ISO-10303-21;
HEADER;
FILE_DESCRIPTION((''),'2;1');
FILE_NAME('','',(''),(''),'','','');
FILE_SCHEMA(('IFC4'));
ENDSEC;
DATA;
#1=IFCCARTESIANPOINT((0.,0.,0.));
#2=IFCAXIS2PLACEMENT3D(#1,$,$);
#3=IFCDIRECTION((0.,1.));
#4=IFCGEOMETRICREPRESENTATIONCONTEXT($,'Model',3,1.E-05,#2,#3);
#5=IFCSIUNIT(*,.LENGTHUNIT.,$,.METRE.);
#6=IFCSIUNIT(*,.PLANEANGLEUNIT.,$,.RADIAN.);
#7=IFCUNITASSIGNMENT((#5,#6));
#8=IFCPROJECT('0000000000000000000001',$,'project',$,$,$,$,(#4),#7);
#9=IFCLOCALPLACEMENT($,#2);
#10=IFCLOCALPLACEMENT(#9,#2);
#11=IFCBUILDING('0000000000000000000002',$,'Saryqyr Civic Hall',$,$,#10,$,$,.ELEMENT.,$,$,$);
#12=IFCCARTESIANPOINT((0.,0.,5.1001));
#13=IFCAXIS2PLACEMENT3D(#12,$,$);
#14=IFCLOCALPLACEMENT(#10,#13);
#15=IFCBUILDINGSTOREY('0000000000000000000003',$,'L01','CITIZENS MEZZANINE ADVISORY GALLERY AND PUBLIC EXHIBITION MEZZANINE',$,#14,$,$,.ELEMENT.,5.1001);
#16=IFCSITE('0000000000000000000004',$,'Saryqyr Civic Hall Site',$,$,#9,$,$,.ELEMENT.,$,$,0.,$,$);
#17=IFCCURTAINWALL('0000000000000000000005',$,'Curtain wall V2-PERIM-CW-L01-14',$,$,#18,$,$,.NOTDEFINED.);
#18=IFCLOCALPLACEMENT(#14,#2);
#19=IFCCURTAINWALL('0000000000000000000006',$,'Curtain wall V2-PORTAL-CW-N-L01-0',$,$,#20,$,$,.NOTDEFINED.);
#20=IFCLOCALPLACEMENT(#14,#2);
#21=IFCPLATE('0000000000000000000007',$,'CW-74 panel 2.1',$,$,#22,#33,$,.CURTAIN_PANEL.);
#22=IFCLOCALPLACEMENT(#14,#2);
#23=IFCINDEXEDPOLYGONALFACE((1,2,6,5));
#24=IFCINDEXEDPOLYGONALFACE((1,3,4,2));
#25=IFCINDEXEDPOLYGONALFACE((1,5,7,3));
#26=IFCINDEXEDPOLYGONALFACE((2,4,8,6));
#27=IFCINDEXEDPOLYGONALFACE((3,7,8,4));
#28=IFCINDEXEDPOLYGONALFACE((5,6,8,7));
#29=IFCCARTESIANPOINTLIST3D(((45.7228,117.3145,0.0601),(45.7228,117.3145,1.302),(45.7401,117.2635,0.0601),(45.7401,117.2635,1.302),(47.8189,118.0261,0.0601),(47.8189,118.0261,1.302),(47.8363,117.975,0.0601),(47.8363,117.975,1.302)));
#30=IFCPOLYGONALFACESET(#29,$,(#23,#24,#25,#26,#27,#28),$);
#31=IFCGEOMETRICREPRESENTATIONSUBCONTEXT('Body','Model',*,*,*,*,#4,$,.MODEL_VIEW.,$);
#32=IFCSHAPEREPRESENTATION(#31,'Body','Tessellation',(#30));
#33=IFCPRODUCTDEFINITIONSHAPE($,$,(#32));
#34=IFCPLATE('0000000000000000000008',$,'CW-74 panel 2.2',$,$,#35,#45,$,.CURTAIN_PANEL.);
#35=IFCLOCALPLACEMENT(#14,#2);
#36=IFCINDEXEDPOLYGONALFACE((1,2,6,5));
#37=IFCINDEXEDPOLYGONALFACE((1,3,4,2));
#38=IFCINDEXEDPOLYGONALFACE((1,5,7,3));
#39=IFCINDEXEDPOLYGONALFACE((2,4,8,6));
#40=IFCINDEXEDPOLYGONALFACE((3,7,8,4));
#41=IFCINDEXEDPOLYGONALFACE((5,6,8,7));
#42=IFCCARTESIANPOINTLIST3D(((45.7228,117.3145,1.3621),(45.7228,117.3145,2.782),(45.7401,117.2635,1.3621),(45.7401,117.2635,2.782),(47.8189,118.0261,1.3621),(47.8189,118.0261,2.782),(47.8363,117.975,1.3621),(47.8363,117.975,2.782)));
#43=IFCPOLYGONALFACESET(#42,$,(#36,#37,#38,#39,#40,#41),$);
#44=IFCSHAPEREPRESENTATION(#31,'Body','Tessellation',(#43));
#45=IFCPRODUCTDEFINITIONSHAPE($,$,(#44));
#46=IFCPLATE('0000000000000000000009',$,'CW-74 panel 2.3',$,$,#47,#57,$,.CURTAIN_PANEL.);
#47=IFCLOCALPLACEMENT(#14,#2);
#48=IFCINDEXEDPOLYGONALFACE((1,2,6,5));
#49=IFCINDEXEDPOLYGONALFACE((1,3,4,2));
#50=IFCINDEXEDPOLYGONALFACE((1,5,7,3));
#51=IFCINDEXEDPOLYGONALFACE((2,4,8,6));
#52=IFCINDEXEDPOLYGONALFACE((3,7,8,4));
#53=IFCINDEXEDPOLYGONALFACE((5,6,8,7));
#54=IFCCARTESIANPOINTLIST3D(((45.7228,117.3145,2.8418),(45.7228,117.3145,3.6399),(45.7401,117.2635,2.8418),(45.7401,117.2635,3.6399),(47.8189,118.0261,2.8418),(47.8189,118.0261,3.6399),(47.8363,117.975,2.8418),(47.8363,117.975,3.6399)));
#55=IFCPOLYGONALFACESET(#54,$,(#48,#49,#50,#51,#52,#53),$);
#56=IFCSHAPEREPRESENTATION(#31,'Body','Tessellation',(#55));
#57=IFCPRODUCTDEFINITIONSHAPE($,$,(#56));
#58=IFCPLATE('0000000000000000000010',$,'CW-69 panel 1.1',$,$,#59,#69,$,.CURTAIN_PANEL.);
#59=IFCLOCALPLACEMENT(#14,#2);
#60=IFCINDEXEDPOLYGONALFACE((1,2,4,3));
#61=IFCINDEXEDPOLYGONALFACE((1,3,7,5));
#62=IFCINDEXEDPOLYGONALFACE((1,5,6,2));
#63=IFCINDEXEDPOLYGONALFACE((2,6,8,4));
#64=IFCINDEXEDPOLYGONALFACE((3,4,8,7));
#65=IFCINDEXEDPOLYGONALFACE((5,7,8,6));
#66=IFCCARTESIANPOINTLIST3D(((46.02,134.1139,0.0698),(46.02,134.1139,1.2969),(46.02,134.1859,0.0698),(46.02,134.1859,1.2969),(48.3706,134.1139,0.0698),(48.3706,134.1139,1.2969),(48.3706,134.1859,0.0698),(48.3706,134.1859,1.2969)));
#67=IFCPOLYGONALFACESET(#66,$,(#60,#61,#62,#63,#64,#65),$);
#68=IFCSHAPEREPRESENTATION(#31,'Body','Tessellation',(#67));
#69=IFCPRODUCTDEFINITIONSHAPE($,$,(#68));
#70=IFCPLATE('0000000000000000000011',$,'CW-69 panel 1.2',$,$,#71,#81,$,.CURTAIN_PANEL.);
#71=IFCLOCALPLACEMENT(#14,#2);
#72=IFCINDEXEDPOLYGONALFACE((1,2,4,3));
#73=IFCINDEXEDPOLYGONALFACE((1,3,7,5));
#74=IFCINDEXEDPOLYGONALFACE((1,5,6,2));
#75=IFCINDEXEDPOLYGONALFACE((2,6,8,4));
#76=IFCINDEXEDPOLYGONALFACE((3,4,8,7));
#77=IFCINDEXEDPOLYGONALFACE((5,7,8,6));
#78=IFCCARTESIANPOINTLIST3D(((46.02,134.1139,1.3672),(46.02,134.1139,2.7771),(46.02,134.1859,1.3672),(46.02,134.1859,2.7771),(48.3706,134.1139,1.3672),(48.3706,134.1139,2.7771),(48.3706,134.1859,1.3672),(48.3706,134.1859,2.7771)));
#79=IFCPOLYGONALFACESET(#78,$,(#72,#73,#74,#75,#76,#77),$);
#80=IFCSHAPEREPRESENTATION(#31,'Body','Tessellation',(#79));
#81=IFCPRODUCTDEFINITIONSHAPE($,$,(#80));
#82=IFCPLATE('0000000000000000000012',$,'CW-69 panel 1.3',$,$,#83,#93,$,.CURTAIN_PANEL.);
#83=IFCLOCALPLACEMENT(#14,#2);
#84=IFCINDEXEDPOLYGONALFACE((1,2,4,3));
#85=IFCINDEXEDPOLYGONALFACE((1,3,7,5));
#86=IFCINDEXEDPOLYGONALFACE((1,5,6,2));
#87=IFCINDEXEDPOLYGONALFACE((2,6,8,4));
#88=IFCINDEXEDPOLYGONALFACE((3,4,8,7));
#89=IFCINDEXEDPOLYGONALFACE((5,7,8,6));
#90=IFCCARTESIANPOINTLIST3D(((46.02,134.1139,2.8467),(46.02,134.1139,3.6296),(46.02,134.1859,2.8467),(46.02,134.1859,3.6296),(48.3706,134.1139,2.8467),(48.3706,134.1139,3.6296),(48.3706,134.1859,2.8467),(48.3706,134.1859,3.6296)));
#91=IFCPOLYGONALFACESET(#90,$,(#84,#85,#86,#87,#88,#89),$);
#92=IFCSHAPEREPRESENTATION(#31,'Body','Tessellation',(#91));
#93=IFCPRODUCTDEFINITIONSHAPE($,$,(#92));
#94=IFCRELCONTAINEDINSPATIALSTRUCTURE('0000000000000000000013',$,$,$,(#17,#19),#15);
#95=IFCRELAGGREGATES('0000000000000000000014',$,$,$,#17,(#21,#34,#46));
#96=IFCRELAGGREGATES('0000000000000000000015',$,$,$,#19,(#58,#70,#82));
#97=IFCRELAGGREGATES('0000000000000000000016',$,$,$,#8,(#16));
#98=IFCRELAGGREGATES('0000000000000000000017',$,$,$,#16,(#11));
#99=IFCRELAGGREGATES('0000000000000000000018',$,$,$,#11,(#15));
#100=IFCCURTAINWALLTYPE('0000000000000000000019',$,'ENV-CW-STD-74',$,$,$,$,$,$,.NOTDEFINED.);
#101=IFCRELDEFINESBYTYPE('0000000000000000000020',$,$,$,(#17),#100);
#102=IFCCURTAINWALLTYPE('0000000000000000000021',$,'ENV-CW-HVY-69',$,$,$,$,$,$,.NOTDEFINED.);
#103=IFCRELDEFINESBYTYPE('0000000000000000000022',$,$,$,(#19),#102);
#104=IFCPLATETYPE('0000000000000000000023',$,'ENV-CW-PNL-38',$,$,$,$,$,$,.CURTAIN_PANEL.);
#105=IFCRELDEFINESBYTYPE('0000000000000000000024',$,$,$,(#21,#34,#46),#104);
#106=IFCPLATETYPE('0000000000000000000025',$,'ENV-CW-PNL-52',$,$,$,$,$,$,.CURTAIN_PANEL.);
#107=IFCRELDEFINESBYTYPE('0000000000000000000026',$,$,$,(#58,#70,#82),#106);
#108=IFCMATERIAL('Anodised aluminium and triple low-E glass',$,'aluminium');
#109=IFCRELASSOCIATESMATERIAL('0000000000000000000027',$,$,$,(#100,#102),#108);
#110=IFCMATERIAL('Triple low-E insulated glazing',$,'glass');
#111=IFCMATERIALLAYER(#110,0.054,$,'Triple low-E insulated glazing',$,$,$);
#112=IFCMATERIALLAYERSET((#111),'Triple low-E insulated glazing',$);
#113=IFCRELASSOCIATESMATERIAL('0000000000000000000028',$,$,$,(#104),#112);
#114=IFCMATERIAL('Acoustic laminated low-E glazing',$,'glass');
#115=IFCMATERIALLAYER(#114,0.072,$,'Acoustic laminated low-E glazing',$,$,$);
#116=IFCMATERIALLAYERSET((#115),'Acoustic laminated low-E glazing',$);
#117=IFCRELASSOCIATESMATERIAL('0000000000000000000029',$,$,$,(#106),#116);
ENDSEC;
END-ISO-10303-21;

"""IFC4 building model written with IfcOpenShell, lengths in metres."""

from ifc_helpers import new_model, si_unit, direction, frame, origin, origin_2d, place, context, subcontext, project, spatial, rectangle, extrude, material, layer, layer_set, type_object, element, aggregate, save


model = new_model("IFC4")

# Units and contexts
model_context = context("Model", 3, precision=1e-05, world=origin(), true_north=direction((0.0, 1.0)))
body_context = subcontext(model_context, "Body", "Model", "MODEL_VIEW")
ifc_project = project(units=[si_unit("LENGTHUNIT", "METRE"), si_unit("PLANEANGLEUNIT", "RADIAN")], contexts=[model_context])

# Site, building, storey
site_placement = place(None, origin())
site = spatial("IfcSite", under=ifc_project, at=site_placement, Name="Saryqyr Civic Hall Site", CompositionType="ELEMENT", RefElevation=0.0)
building_placement = place(site_placement, origin())
building = spatial("IfcBuilding", under=site, at=building_placement, Name="Saryqyr Civic Hall", CompositionType="ELEMENT")
storey_placement = place(building_placement, frame((0.0, 0.0, 5.1001)))
storey = spatial("IfcBuildingStorey", under=building, at=storey_placement, Name="L01", Description="CITIZENS MEZZANINE ADVISORY GALLERY AND PUBLIC EXHIBITION MEZZANINE", CompositionType="ELEMENT", Elevation=5.1001)

# Shared definitions
ifc_material_1 = material(Name="Anodised aluminium and triple low-E glass", Category="aluminium")

# Curtain walls
curtain_wall_type_1 = type_object("IfcCurtainWallType", Name="ENV-CW-STD-74", PredefinedType="NOTDEFINED", material=ifc_material_1)
curtain_wall_1_placement = place(storey_placement, origin())
curtain_wall_1 = element("IfcCurtainWall", 1, at=curtain_wall_1_placement, inside=storey, type_object=curtain_wall_type_1, Name="Curtain wall V2-PERIM-CW-L01-14", PredefinedType="NOTDEFINED")
curtain_wall_type_2 = type_object("IfcCurtainWallType", Name="ENV-CW-HVY-69", PredefinedType="NOTDEFINED", material=ifc_material_1)
curtain_wall_2_placement = place(storey_placement, origin())
curtain_wall_2 = element("IfcCurtainWall", 2, at=curtain_wall_2_placement, inside=storey, type_object=curtain_wall_type_2, Name="Curtain wall V2-PORTAL-CW-N-L01-0", PredefinedType="NOTDEFINED")

# Plates
ifc_material_2 = material(Name="Triple low-E insulated glazing", Category="glass")
ifc_layer_1 = layer(ifc_material_2, 0.054, Name="Triple low-E insulated glazing")
ifc_layer_set_1 = layer_set([ifc_layer_1], Name="Triple low-E insulated glazing")
plate_type_1 = type_object("IfcPlateType", Name="ENV-CW-PNL-38", PredefinedType="CURTAIN_PANEL", material=ifc_layer_set_1)
plate_1_placement = place(storey_placement, frame((46.7795, 117.6448, 0.0601), z_axis=(0.0, 0.0, 1.0), x_axis=(0.946928, 0.321445, 0.0)))
plate_1 = element("IfcPlate", 3, at=plate_1_placement, type_object=plate_type_1, Name="CW-74 panel 2.1", PredefinedType="CURTAIN_PANEL", context=body_context, shape_type="SweptSolid", body=[
    extrude(rectangle(XDim=2.2136, YDim=0.054, at=origin_2d()), origin(), (0.0, 0.0, 1.0), 1.2419),
])
plate_2_placement = place(storey_placement, frame((46.7795, 117.6448, 1.3621), z_axis=(0.0, 0.0, 1.0), x_axis=(0.946928, 0.321445, 0.0)))
plate_2 = element("IfcPlate", 4, at=plate_2_placement, type_object=plate_type_1, Name="CW-74 panel 2.2", PredefinedType="CURTAIN_PANEL", context=body_context, shape_type="SweptSolid", body=[
    extrude(rectangle(XDim=2.2136, YDim=0.054, at=origin_2d()), origin(), (0.0, 0.0, 1.0), 1.4199),
])
plate_3_placement = place(storey_placement, frame((46.7795, 117.6448, 2.8418), z_axis=(0.0, 0.0, 1.0), x_axis=(0.946928, 0.321445, 0.0)))
plate_3 = element("IfcPlate", 5, at=plate_3_placement, type_object=plate_type_1, Name="CW-74 panel 2.3", PredefinedType="CURTAIN_PANEL", context=body_context, shape_type="SweptSolid", body=[
    extrude(rectangle(XDim=2.2136, YDim=0.054, at=origin_2d()), origin(), (0.0, 0.0, 1.0), 0.7981),
])
aggregate(curtain_wall_1, [plate_1, plate_2, plate_3])
ifc_material_3 = material(Name="Acoustic laminated low-E glazing", Category="glass")
ifc_layer_2 = layer(ifc_material_3, 0.072, Name="Acoustic laminated low-E glazing")
ifc_layer_set_2 = layer_set([ifc_layer_2], Name="Acoustic laminated low-E glazing")
plate_type_2 = type_object("IfcPlateType", Name="ENV-CW-PNL-52", PredefinedType="CURTAIN_PANEL", material=ifc_layer_set_2)
plate_4_placement = place(storey_placement, frame((47.1953, 134.1499, 0.0698), z_axis=(0.0, 0.0, 1.0), x_axis=(1.0, 0.0, 0.0)))
plate_4 = element("IfcPlate", 6, at=plate_4_placement, type_object=plate_type_2, Name="CW-69 panel 1.1", PredefinedType="CURTAIN_PANEL", context=body_context, shape_type="SweptSolid", body=[
    extrude(rectangle(XDim=2.3506, YDim=0.072, at=origin_2d()), origin(), (0.0, 0.0, 1.0), 1.2271),
])
plate_5_placement = place(storey_placement, frame((47.1953, 134.1499, 1.3672), z_axis=(0.0, 0.0, 1.0), x_axis=(1.0, 0.0, 0.0)))
plate_5 = element("IfcPlate", 7, at=plate_5_placement, type_object=plate_type_2, Name="CW-69 panel 1.2", PredefinedType="CURTAIN_PANEL", context=body_context, shape_type="SweptSolid", body=[
    extrude(rectangle(XDim=2.3506, YDim=0.072, at=origin_2d()), origin(), (0.0, 0.0, 1.0), 1.4099),
])
plate_6_placement = place(storey_placement, frame((47.1953, 134.1499, 2.8467), z_axis=(0.0, 0.0, 1.0), x_axis=(1.0, 0.0, 0.0)))
plate_6 = element("IfcPlate", 8, at=plate_6_placement, type_object=plate_type_2, Name="CW-69 panel 1.3", PredefinedType="CURTAIN_PANEL", context=body_context, shape_type="SweptSolid", body=[
    extrude(rectangle(XDim=2.3506, YDim=0.072, at=origin_2d()), origin(), (0.0, 0.0, 1.0), 0.783),
])
aggregate(curtain_wall_2, [plate_4, plate_5, plate_6])

save(model, "model.ifc")
